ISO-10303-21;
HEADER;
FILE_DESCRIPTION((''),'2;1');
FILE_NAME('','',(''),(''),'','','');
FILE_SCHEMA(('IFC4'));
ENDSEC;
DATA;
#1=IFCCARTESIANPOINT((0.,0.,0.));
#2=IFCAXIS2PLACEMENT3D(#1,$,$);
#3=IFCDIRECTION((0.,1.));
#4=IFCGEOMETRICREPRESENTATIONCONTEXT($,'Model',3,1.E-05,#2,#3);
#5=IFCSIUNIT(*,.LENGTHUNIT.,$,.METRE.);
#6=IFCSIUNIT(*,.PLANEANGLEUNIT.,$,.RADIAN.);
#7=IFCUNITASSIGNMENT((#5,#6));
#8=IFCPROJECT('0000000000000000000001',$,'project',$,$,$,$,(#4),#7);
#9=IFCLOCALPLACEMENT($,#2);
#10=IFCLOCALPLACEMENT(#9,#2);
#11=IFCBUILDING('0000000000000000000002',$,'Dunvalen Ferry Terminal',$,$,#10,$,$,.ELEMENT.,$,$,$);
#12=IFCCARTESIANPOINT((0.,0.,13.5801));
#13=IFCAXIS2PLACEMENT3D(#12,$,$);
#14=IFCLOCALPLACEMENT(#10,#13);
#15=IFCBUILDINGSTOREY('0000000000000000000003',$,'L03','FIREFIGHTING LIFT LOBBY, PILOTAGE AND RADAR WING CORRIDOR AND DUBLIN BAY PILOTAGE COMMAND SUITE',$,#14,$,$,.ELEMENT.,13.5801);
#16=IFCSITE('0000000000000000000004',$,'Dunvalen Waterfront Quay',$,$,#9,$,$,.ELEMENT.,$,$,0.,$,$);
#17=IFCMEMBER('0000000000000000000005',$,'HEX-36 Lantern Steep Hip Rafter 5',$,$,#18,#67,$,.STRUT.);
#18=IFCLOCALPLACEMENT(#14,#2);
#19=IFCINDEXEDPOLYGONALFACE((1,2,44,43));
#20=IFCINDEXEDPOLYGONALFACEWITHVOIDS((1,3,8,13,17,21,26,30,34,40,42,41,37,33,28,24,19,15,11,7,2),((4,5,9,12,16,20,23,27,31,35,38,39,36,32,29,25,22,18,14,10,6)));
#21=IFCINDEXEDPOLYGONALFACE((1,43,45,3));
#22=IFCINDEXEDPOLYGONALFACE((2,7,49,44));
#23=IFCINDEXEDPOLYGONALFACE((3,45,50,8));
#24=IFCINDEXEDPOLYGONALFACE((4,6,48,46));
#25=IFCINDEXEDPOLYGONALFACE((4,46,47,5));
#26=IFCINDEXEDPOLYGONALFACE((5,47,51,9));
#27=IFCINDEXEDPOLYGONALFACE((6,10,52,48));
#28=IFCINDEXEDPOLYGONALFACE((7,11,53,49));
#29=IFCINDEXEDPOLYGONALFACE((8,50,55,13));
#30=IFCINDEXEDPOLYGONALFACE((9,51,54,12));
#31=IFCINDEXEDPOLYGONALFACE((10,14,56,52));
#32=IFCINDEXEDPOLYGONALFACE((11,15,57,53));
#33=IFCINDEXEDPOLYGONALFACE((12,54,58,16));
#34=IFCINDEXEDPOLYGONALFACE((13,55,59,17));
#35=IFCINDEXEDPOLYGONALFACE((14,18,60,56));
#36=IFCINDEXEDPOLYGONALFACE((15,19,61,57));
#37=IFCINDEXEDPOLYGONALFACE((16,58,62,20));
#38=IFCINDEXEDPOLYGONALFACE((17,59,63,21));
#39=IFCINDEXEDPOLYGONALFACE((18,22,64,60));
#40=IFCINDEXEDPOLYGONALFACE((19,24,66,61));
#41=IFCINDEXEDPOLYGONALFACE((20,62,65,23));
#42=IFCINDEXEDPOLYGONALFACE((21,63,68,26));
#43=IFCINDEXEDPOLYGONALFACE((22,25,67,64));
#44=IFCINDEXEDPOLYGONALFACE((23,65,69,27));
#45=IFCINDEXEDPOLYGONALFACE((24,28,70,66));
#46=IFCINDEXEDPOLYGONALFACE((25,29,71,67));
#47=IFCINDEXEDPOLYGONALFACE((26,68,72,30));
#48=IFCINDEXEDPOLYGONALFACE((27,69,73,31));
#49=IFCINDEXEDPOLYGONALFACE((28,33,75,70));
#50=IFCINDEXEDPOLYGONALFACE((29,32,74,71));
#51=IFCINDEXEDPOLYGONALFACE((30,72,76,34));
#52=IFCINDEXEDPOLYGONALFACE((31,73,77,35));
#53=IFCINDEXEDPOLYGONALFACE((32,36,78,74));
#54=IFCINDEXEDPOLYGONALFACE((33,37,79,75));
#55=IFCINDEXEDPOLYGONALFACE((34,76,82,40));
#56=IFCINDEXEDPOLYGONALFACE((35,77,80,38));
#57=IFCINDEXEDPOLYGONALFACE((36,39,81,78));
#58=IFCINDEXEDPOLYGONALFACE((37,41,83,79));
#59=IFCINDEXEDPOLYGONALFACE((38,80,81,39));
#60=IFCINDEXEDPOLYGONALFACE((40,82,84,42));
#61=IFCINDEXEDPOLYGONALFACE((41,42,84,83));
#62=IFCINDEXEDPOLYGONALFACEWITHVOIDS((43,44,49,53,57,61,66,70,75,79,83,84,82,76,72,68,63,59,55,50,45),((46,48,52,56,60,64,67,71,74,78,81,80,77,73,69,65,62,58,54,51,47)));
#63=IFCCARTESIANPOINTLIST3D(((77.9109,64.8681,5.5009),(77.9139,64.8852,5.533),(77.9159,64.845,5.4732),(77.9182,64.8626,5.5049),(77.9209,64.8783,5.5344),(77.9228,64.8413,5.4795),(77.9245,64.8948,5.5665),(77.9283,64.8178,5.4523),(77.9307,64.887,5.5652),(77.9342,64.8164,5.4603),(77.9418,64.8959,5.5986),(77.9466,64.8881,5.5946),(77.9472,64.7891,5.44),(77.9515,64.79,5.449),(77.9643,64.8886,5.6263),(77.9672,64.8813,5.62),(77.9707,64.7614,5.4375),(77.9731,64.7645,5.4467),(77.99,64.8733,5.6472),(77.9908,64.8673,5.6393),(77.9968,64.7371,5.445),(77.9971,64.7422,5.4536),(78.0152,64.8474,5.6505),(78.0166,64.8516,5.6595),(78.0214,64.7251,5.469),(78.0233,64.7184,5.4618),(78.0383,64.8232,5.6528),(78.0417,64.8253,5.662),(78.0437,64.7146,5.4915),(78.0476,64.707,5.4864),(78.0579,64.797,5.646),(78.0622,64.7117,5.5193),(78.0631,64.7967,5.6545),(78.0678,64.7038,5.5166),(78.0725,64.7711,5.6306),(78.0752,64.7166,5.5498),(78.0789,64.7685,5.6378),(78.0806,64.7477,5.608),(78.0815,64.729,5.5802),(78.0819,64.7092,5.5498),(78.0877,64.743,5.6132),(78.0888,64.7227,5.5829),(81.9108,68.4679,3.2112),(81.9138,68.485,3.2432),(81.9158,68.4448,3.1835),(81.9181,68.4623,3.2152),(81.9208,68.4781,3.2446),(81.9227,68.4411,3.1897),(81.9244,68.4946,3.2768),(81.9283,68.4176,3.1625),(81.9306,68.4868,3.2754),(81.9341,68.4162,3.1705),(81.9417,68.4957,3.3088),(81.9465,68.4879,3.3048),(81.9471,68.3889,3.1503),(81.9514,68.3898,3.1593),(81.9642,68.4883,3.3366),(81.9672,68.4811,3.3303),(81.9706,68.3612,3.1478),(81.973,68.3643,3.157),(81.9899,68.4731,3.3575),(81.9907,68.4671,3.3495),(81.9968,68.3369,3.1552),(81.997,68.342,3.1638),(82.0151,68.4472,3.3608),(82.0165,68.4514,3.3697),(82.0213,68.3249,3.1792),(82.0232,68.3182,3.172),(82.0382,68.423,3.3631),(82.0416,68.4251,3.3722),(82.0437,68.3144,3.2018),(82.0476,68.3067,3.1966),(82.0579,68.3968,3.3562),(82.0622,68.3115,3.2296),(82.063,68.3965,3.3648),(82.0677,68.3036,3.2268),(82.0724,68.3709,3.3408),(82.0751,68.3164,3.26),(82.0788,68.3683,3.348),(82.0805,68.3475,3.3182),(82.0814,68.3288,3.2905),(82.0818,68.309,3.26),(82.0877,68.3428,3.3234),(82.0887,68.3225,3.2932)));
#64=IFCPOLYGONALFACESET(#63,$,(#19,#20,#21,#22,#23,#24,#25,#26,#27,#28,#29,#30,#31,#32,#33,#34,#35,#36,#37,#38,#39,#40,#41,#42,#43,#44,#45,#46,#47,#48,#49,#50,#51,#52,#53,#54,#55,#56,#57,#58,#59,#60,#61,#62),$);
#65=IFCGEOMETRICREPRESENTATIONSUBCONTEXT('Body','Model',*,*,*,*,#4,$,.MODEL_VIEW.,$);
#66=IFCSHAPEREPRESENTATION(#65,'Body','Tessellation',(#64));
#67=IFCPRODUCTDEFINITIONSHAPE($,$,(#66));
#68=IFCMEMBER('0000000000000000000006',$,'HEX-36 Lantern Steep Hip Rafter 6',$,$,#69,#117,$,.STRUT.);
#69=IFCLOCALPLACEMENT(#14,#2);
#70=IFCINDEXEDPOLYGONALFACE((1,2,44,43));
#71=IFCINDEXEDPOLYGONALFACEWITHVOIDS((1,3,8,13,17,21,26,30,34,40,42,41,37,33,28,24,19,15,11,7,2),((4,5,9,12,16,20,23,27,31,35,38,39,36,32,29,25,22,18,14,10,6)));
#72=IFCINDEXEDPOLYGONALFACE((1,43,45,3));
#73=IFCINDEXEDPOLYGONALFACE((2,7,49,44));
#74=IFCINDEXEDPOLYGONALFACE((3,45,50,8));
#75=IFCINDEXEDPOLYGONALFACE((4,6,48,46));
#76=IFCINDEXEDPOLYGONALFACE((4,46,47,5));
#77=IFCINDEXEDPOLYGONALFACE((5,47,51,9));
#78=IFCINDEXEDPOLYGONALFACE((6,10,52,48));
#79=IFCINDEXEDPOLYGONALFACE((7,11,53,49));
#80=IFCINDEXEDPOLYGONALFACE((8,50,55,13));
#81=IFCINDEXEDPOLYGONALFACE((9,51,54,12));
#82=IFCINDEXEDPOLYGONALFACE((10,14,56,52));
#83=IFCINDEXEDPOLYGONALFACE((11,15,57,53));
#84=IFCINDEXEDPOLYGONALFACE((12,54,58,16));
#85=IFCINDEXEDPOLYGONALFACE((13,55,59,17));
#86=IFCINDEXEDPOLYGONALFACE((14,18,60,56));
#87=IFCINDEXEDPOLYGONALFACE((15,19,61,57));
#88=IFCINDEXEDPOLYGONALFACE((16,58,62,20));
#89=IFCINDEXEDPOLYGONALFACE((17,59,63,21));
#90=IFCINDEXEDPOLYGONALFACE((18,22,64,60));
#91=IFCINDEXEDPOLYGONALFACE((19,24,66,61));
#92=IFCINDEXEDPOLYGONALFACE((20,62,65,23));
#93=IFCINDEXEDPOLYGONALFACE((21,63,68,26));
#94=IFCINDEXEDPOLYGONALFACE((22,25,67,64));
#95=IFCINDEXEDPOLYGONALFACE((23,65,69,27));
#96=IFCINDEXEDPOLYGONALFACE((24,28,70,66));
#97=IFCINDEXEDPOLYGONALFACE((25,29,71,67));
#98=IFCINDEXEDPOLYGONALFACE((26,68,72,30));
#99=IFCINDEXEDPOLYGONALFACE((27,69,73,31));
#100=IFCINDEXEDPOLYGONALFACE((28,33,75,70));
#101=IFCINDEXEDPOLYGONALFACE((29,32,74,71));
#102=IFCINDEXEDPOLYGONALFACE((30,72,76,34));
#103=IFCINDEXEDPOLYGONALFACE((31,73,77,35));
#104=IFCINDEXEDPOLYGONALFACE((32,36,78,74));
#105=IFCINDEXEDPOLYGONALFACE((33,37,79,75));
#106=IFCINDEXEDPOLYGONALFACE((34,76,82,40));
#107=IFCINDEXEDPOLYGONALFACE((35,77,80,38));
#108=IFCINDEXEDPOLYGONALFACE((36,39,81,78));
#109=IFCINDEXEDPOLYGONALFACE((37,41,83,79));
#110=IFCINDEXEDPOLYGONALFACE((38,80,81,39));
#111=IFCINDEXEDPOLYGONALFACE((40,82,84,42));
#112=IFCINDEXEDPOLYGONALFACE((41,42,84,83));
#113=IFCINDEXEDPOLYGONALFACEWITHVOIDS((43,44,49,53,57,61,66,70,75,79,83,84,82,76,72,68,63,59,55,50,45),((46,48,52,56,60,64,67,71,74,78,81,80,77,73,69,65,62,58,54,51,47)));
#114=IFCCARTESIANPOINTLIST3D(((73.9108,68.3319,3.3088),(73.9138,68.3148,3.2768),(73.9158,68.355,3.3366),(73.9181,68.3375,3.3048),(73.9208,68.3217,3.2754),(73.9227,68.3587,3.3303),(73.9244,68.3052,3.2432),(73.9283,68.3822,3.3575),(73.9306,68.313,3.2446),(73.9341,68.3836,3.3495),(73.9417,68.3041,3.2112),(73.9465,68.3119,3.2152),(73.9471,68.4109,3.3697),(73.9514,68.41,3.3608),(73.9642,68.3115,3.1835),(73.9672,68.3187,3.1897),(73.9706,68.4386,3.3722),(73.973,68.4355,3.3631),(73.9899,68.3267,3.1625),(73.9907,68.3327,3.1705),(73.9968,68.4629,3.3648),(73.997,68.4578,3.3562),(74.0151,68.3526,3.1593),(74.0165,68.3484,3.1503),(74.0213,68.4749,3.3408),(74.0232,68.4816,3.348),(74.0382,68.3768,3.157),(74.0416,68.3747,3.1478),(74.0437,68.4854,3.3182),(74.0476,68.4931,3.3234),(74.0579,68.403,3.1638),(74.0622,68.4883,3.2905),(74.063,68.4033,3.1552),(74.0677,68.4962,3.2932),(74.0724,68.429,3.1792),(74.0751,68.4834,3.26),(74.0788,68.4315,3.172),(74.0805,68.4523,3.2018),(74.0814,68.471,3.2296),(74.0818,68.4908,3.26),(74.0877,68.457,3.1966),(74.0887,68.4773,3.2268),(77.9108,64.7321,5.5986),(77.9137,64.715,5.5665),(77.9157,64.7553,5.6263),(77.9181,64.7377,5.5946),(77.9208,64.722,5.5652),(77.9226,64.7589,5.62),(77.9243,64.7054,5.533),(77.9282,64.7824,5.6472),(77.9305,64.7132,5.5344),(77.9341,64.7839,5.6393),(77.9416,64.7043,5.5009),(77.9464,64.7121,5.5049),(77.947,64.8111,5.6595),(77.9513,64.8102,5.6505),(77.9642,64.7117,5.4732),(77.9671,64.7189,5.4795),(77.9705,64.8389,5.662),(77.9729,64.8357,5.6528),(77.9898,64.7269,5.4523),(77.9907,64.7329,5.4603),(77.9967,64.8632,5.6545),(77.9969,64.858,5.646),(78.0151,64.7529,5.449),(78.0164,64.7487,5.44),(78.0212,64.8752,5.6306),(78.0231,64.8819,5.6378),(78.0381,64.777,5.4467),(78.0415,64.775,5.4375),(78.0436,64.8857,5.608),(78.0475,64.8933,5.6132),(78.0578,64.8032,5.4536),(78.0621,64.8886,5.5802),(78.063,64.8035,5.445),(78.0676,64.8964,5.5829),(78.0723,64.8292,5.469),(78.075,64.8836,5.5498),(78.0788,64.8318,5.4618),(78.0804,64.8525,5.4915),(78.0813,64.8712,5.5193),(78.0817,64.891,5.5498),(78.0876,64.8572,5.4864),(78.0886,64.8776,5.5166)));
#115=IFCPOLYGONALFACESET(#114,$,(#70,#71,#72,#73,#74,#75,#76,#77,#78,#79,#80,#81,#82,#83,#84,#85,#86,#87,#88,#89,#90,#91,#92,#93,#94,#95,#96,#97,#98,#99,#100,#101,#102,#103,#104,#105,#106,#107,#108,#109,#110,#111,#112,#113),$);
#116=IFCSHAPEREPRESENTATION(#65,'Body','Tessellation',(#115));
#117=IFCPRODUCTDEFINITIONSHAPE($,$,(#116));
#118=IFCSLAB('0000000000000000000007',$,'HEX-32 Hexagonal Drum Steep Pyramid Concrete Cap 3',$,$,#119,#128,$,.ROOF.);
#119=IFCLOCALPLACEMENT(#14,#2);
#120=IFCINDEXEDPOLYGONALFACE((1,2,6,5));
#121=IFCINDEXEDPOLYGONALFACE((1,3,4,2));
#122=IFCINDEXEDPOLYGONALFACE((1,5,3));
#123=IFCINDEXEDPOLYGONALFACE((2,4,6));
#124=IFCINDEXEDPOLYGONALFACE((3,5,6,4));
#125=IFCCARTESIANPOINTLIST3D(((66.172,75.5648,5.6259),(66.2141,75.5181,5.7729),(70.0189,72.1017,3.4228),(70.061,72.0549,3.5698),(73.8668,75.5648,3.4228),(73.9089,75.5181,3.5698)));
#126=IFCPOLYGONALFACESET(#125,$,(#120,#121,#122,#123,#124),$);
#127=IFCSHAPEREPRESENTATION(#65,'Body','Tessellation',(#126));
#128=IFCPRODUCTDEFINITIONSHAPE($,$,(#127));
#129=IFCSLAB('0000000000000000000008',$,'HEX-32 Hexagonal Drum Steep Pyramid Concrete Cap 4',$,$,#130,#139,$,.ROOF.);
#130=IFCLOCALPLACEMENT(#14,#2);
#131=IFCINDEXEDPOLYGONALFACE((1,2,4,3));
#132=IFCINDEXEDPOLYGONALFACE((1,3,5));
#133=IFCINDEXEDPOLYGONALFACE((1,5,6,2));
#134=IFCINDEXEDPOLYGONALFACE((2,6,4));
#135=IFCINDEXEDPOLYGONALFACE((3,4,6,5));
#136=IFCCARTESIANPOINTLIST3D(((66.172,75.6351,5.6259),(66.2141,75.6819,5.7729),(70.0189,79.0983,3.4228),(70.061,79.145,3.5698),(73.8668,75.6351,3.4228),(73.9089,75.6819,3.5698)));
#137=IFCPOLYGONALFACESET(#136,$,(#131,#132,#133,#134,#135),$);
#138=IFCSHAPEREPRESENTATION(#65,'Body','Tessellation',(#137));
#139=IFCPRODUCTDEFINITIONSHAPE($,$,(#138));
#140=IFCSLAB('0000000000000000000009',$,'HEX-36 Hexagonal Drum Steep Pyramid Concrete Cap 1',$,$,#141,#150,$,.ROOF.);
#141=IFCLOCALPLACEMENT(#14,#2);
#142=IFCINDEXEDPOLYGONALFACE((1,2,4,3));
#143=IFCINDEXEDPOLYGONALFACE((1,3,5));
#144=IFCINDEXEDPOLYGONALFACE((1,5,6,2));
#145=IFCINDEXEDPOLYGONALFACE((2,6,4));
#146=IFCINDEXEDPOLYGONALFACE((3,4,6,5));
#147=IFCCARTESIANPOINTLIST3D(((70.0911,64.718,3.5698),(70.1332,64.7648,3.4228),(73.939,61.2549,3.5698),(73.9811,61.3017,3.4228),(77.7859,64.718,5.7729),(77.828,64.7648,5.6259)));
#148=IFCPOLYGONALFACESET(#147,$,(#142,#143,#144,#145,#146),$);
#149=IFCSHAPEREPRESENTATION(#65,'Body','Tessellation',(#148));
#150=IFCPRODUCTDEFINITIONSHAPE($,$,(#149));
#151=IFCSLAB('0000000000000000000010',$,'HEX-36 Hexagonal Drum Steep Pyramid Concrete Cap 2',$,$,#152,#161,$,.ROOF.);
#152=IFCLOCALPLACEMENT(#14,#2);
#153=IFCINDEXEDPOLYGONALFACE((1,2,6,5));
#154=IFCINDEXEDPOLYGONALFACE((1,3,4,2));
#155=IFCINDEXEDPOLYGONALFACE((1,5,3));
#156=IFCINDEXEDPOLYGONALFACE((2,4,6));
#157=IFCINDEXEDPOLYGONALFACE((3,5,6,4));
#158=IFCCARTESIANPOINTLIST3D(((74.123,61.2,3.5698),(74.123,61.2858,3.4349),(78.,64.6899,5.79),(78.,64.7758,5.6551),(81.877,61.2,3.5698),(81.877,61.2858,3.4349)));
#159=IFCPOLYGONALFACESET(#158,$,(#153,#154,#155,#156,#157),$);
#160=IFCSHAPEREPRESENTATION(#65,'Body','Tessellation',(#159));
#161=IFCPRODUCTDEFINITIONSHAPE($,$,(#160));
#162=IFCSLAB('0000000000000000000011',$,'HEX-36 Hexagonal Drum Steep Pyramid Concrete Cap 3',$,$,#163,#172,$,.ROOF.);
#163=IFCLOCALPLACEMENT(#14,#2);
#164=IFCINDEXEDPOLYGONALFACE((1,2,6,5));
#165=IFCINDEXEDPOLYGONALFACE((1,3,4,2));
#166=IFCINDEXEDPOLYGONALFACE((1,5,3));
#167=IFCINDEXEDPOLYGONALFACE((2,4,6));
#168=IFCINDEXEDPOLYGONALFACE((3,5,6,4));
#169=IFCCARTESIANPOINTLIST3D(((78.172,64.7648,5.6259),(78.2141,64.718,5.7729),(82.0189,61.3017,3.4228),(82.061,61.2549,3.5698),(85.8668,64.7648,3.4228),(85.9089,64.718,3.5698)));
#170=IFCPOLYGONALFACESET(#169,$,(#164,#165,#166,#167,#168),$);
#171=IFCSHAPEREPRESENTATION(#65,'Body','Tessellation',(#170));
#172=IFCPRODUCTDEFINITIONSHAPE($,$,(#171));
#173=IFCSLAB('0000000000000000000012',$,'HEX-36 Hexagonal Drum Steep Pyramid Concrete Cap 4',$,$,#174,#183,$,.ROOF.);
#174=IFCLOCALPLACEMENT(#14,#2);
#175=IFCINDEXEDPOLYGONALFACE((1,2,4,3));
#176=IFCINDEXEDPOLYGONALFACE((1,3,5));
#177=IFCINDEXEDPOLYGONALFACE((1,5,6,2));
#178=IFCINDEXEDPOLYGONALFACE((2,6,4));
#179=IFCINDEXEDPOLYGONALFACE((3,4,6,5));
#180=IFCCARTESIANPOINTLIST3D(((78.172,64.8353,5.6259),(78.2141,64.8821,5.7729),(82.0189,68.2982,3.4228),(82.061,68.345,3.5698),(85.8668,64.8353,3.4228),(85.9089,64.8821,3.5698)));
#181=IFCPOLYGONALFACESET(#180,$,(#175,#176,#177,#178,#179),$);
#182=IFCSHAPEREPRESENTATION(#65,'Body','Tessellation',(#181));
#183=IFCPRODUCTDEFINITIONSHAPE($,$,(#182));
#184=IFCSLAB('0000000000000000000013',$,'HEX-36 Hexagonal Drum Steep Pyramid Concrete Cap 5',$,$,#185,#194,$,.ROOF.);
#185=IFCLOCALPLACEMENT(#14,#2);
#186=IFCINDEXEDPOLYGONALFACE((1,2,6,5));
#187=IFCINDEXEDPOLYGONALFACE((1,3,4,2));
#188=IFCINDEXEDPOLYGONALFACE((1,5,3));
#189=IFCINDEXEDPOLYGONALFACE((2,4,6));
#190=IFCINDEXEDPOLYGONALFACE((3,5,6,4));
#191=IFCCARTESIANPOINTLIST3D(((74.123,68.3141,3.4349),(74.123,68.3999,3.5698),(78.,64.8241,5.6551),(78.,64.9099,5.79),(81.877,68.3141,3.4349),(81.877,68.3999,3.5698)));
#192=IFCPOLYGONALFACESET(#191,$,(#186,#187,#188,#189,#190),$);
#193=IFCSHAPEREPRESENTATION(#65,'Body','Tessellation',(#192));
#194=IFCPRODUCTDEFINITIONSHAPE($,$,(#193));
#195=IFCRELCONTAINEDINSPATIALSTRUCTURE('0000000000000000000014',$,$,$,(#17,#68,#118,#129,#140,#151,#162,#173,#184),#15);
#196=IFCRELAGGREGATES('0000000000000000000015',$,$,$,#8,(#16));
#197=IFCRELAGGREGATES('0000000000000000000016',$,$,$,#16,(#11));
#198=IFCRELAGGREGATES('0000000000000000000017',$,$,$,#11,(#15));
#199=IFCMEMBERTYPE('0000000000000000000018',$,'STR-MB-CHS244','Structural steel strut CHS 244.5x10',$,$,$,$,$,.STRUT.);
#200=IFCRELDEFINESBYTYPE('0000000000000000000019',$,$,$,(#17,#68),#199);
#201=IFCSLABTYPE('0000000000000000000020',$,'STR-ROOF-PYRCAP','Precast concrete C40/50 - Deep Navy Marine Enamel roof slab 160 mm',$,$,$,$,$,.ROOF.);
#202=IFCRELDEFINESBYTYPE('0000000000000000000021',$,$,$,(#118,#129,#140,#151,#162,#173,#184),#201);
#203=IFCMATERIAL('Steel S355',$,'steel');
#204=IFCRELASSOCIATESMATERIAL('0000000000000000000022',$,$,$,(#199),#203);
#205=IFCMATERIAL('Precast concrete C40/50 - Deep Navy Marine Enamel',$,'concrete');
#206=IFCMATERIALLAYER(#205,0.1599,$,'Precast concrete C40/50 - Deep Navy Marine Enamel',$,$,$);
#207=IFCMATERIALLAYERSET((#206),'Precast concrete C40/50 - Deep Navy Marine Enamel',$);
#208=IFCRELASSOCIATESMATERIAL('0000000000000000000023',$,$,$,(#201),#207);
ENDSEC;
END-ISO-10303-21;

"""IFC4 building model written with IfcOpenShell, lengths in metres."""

from ifc_helpers import new_model, si_unit, direction, frame, origin, origin_2d, place, context, subcontext, project, spatial, polyline, hollow_circle, outline, extrude, material, layer, layer_set, material_profile, profile_set, type_object, element, save


model = new_model("IFC4")

# Units and contexts
model_context = context("Model", 3, precision=1e-05, world=origin(), true_north=direction((0.0, 1.0)))
body_context = subcontext(model_context, "Body", "Model", "MODEL_VIEW")
ifc_project = project(units=[si_unit("LENGTHUNIT", "METRE"), si_unit("PLANEANGLEUNIT", "RADIAN")], contexts=[model_context])

# Site, building, storey
site_placement = place(None, origin())
site = spatial("IfcSite", under=ifc_project, at=site_placement, Name="Dunvalen Waterfront Quay", CompositionType="ELEMENT", RefElevation=0.0)
building_placement = place(site_placement, origin())
building = spatial("IfcBuilding", under=site, at=building_placement, Name="Dunvalen Ferry Terminal", CompositionType="ELEMENT")
storey_placement = place(building_placement, frame((0.0, 0.0, 13.5801)))
storey = spatial("IfcBuildingStorey", under=building, at=storey_placement, Name="L03", Description="FIREFIGHTING LIFT LOBBY, PILOTAGE AND RADAR WING CORRIDOR AND DUBLIN BAY PILOTAGE COMMAND SUITE", CompositionType="ELEMENT", Elevation=13.5801)

# Shared definitions
ifc_material_1 = material(Name="Steel S355", Category="steel")

# Members
ifc_material_profile_1 = material_profile(ifc_material_1, hollow_circle(Radius=0.1223, WallThickness=0.01, at=origin_2d()), Name="Steel S355")
ifc_profile_set_1 = profile_set([ifc_material_profile_1], Name="Steel S355")
member_type = type_object("IfcMemberType", Name="STR-MB-CHS244", Description="Structural steel strut CHS 244.5x10", PredefinedType="STRUT", material=ifc_profile_set_1)
for number, where, z_axis, x_axis, name in (
    (1, (82.0, 68.3999, 3.26), (-0.683965, -0.615543, 0.391535), (0.66895, -0.743308, 0.0), "HEX-36 Lantern Steep Hip Rafter 5"),
    (2, (74.0, 68.3999, 3.26), (0.683965, -0.615543, 0.391535), (0.66895, 0.743308, 0.0), "HEX-36 Lantern Steep Hip Rafter 6"),
):
    element("IfcMember", number, at=place(storey_placement, frame(where, z_axis=z_axis, x_axis=x_axis)), inside=storey, type_object=member_type, Name=name, PredefinedType="STRUT", context=body_context, shape_type="SweptSolid", body=[
        extrude(hollow_circle(Radius=0.1223, WallThickness=0.01, at=origin_2d()), origin(), (0.0, 0.0, 1.0), 5.8481),
    ])

# Slabs
ifc_material_2 = material(Name="Precast concrete C40/50 - Deep Navy Marine Enamel", Category="concrete")
ifc_layer_1 = layer(ifc_material_2, 0.1599, Name="Precast concrete C40/50 - Deep Navy Marine Enamel")
ifc_layer_set_1 = layer_set([ifc_layer_1], Name="Precast concrete C40/50 - Deep Navy Marine Enamel")
slab_type_1 = type_object("IfcSlabType", Name="STR-ROOF-PYRCAP", Description="Precast concrete C40/50 - Deep Navy Marine Enamel roof slab 160 mm", PredefinedType="ROOF", material=ifc_layer_set_1)
slab_1_placement = place(storey_placement, frame((70.061, 72.0549, 3.5698), z_axis=(0.263218, -0.292462, 0.919338), x_axis=(0.743292, 0.668967, 0.0)))
element("IfcSlab", 3, at=slab_1_placement, inside=storey, type_object=slab_type_1, Name="HEX-32 Hexagonal Drum Steep Pyramid Concrete Cap 3", PredefinedType="ROOF", context=body_context, shape_type="SweptSolid", body=[
    extrude(outline(polyline([(0.0, 0.0), (5.1768, 0.0), (-0.5427, 5.5992), (0.0, 0.0)])), origin(), (0.0, 0.0, -1.0), 0.1599),
])
for number, where, z_axis, x_axis, name in (
    (4, (73.9089, 75.6819, 3.5698), (0.263218, 0.292462, 0.919338), (-0.743292, 0.668967, 0.0), "HEX-32 Hexagonal Drum Steep Pyramid Concrete Cap 4"),
    (5, (70.0911, 64.718, 3.5698), (-0.263218, -0.292462, 0.919338), (0.743292, -0.668967, 0.0), "HEX-36 Hexagonal Drum Steep Pyramid Concrete Cap 1"),
):
    element("IfcSlab", number, at=place(storey_placement, frame(where, z_axis=z_axis, x_axis=x_axis)), inside=storey, type_object=slab_type_1, Name=name, PredefinedType="ROOF", context=body_context, shape_type="SweptSolid", body=[
        extrude(outline(polyline([(0.0, 0.0), (5.1768, 0.0), (5.7195, 5.5992), (0.0, 0.0)])), origin(), (0.0, 0.0, -1.0), 0.1599),
    ])
slab_2_placement = place(storey_placement, frame((74.123, 61.2, 3.5698), z_axis=(0.0, -0.536757, 0.843737), x_axis=(1.0, 0.0, 0.0)))
element("IfcSlab", 6, at=slab_2_placement, inside=storey, type_object=slab_type_1, Name="HEX-36 Hexagonal Drum Steep Pyramid Concrete Cap 2", PredefinedType="ROOF", context=body_context, shape_type="SweptSolid", body=[
    extrude(outline(polyline([(0.0, 0.0), (7.7539, 0.0), (3.877, 4.1363), (0.0, 0.0)])), origin(), (0.0, 0.0, -1.0), 0.1599),
])
slab_3_placement = place(storey_placement, frame((82.061, 61.2549, 3.5698), z_axis=(0.263218, -0.292462, 0.919338), x_axis=(0.743292, 0.668967, 0.0)))
element("IfcSlab", 7, at=slab_3_placement, inside=storey, type_object=slab_type_1, Name="HEX-36 Hexagonal Drum Steep Pyramid Concrete Cap 3", PredefinedType="ROOF", context=body_context, shape_type="SweptSolid", body=[
    extrude(outline(polyline([(0.0, 0.0), (5.1768, 0.0), (-0.5427, 5.5992), (0.0, 0.0)])), origin(), (0.0, 0.0, -1.0), 0.1599),
])
slab_4_placement = place(storey_placement, frame((85.9089, 64.8821, 3.5698), z_axis=(0.263216, 0.292481, 0.919332), x_axis=(-0.743315, 0.668941, 0.0)))
element("IfcSlab", 8, at=slab_4_placement, inside=storey, type_object=slab_type_1, Name="HEX-36 Hexagonal Drum Steep Pyramid Concrete Cap 4", PredefinedType="ROOF", context=body_context, shape_type="SweptSolid", body=[
    extrude(outline(polyline([(0.0, 0.0), (5.1767, 0.0), (5.7197, 5.599), (0.0, 0.0)])), origin(), (0.0, 0.0, -1.0), 0.1599),
])
slab_5_placement = place(storey_placement, frame((81.877, 68.3999, 3.5698), z_axis=(0.0, 0.536757, 0.843737), x_axis=(-1.0, 0.0, 0.0)))
element("IfcSlab", 9, at=slab_5_placement, inside=storey, type_object=slab_type_1, Name="HEX-36 Hexagonal Drum Steep Pyramid Concrete Cap 5", PredefinedType="ROOF", context=body_context, shape_type="SweptSolid", body=[
    extrude(outline(polyline([(0.0, 0.0), (7.7539, 0.0), (3.877, 4.1363), (0.0, 0.0)])), origin(), (0.0, 0.0, -1.0), 0.1599),
])

save(model, "model.ifc")
